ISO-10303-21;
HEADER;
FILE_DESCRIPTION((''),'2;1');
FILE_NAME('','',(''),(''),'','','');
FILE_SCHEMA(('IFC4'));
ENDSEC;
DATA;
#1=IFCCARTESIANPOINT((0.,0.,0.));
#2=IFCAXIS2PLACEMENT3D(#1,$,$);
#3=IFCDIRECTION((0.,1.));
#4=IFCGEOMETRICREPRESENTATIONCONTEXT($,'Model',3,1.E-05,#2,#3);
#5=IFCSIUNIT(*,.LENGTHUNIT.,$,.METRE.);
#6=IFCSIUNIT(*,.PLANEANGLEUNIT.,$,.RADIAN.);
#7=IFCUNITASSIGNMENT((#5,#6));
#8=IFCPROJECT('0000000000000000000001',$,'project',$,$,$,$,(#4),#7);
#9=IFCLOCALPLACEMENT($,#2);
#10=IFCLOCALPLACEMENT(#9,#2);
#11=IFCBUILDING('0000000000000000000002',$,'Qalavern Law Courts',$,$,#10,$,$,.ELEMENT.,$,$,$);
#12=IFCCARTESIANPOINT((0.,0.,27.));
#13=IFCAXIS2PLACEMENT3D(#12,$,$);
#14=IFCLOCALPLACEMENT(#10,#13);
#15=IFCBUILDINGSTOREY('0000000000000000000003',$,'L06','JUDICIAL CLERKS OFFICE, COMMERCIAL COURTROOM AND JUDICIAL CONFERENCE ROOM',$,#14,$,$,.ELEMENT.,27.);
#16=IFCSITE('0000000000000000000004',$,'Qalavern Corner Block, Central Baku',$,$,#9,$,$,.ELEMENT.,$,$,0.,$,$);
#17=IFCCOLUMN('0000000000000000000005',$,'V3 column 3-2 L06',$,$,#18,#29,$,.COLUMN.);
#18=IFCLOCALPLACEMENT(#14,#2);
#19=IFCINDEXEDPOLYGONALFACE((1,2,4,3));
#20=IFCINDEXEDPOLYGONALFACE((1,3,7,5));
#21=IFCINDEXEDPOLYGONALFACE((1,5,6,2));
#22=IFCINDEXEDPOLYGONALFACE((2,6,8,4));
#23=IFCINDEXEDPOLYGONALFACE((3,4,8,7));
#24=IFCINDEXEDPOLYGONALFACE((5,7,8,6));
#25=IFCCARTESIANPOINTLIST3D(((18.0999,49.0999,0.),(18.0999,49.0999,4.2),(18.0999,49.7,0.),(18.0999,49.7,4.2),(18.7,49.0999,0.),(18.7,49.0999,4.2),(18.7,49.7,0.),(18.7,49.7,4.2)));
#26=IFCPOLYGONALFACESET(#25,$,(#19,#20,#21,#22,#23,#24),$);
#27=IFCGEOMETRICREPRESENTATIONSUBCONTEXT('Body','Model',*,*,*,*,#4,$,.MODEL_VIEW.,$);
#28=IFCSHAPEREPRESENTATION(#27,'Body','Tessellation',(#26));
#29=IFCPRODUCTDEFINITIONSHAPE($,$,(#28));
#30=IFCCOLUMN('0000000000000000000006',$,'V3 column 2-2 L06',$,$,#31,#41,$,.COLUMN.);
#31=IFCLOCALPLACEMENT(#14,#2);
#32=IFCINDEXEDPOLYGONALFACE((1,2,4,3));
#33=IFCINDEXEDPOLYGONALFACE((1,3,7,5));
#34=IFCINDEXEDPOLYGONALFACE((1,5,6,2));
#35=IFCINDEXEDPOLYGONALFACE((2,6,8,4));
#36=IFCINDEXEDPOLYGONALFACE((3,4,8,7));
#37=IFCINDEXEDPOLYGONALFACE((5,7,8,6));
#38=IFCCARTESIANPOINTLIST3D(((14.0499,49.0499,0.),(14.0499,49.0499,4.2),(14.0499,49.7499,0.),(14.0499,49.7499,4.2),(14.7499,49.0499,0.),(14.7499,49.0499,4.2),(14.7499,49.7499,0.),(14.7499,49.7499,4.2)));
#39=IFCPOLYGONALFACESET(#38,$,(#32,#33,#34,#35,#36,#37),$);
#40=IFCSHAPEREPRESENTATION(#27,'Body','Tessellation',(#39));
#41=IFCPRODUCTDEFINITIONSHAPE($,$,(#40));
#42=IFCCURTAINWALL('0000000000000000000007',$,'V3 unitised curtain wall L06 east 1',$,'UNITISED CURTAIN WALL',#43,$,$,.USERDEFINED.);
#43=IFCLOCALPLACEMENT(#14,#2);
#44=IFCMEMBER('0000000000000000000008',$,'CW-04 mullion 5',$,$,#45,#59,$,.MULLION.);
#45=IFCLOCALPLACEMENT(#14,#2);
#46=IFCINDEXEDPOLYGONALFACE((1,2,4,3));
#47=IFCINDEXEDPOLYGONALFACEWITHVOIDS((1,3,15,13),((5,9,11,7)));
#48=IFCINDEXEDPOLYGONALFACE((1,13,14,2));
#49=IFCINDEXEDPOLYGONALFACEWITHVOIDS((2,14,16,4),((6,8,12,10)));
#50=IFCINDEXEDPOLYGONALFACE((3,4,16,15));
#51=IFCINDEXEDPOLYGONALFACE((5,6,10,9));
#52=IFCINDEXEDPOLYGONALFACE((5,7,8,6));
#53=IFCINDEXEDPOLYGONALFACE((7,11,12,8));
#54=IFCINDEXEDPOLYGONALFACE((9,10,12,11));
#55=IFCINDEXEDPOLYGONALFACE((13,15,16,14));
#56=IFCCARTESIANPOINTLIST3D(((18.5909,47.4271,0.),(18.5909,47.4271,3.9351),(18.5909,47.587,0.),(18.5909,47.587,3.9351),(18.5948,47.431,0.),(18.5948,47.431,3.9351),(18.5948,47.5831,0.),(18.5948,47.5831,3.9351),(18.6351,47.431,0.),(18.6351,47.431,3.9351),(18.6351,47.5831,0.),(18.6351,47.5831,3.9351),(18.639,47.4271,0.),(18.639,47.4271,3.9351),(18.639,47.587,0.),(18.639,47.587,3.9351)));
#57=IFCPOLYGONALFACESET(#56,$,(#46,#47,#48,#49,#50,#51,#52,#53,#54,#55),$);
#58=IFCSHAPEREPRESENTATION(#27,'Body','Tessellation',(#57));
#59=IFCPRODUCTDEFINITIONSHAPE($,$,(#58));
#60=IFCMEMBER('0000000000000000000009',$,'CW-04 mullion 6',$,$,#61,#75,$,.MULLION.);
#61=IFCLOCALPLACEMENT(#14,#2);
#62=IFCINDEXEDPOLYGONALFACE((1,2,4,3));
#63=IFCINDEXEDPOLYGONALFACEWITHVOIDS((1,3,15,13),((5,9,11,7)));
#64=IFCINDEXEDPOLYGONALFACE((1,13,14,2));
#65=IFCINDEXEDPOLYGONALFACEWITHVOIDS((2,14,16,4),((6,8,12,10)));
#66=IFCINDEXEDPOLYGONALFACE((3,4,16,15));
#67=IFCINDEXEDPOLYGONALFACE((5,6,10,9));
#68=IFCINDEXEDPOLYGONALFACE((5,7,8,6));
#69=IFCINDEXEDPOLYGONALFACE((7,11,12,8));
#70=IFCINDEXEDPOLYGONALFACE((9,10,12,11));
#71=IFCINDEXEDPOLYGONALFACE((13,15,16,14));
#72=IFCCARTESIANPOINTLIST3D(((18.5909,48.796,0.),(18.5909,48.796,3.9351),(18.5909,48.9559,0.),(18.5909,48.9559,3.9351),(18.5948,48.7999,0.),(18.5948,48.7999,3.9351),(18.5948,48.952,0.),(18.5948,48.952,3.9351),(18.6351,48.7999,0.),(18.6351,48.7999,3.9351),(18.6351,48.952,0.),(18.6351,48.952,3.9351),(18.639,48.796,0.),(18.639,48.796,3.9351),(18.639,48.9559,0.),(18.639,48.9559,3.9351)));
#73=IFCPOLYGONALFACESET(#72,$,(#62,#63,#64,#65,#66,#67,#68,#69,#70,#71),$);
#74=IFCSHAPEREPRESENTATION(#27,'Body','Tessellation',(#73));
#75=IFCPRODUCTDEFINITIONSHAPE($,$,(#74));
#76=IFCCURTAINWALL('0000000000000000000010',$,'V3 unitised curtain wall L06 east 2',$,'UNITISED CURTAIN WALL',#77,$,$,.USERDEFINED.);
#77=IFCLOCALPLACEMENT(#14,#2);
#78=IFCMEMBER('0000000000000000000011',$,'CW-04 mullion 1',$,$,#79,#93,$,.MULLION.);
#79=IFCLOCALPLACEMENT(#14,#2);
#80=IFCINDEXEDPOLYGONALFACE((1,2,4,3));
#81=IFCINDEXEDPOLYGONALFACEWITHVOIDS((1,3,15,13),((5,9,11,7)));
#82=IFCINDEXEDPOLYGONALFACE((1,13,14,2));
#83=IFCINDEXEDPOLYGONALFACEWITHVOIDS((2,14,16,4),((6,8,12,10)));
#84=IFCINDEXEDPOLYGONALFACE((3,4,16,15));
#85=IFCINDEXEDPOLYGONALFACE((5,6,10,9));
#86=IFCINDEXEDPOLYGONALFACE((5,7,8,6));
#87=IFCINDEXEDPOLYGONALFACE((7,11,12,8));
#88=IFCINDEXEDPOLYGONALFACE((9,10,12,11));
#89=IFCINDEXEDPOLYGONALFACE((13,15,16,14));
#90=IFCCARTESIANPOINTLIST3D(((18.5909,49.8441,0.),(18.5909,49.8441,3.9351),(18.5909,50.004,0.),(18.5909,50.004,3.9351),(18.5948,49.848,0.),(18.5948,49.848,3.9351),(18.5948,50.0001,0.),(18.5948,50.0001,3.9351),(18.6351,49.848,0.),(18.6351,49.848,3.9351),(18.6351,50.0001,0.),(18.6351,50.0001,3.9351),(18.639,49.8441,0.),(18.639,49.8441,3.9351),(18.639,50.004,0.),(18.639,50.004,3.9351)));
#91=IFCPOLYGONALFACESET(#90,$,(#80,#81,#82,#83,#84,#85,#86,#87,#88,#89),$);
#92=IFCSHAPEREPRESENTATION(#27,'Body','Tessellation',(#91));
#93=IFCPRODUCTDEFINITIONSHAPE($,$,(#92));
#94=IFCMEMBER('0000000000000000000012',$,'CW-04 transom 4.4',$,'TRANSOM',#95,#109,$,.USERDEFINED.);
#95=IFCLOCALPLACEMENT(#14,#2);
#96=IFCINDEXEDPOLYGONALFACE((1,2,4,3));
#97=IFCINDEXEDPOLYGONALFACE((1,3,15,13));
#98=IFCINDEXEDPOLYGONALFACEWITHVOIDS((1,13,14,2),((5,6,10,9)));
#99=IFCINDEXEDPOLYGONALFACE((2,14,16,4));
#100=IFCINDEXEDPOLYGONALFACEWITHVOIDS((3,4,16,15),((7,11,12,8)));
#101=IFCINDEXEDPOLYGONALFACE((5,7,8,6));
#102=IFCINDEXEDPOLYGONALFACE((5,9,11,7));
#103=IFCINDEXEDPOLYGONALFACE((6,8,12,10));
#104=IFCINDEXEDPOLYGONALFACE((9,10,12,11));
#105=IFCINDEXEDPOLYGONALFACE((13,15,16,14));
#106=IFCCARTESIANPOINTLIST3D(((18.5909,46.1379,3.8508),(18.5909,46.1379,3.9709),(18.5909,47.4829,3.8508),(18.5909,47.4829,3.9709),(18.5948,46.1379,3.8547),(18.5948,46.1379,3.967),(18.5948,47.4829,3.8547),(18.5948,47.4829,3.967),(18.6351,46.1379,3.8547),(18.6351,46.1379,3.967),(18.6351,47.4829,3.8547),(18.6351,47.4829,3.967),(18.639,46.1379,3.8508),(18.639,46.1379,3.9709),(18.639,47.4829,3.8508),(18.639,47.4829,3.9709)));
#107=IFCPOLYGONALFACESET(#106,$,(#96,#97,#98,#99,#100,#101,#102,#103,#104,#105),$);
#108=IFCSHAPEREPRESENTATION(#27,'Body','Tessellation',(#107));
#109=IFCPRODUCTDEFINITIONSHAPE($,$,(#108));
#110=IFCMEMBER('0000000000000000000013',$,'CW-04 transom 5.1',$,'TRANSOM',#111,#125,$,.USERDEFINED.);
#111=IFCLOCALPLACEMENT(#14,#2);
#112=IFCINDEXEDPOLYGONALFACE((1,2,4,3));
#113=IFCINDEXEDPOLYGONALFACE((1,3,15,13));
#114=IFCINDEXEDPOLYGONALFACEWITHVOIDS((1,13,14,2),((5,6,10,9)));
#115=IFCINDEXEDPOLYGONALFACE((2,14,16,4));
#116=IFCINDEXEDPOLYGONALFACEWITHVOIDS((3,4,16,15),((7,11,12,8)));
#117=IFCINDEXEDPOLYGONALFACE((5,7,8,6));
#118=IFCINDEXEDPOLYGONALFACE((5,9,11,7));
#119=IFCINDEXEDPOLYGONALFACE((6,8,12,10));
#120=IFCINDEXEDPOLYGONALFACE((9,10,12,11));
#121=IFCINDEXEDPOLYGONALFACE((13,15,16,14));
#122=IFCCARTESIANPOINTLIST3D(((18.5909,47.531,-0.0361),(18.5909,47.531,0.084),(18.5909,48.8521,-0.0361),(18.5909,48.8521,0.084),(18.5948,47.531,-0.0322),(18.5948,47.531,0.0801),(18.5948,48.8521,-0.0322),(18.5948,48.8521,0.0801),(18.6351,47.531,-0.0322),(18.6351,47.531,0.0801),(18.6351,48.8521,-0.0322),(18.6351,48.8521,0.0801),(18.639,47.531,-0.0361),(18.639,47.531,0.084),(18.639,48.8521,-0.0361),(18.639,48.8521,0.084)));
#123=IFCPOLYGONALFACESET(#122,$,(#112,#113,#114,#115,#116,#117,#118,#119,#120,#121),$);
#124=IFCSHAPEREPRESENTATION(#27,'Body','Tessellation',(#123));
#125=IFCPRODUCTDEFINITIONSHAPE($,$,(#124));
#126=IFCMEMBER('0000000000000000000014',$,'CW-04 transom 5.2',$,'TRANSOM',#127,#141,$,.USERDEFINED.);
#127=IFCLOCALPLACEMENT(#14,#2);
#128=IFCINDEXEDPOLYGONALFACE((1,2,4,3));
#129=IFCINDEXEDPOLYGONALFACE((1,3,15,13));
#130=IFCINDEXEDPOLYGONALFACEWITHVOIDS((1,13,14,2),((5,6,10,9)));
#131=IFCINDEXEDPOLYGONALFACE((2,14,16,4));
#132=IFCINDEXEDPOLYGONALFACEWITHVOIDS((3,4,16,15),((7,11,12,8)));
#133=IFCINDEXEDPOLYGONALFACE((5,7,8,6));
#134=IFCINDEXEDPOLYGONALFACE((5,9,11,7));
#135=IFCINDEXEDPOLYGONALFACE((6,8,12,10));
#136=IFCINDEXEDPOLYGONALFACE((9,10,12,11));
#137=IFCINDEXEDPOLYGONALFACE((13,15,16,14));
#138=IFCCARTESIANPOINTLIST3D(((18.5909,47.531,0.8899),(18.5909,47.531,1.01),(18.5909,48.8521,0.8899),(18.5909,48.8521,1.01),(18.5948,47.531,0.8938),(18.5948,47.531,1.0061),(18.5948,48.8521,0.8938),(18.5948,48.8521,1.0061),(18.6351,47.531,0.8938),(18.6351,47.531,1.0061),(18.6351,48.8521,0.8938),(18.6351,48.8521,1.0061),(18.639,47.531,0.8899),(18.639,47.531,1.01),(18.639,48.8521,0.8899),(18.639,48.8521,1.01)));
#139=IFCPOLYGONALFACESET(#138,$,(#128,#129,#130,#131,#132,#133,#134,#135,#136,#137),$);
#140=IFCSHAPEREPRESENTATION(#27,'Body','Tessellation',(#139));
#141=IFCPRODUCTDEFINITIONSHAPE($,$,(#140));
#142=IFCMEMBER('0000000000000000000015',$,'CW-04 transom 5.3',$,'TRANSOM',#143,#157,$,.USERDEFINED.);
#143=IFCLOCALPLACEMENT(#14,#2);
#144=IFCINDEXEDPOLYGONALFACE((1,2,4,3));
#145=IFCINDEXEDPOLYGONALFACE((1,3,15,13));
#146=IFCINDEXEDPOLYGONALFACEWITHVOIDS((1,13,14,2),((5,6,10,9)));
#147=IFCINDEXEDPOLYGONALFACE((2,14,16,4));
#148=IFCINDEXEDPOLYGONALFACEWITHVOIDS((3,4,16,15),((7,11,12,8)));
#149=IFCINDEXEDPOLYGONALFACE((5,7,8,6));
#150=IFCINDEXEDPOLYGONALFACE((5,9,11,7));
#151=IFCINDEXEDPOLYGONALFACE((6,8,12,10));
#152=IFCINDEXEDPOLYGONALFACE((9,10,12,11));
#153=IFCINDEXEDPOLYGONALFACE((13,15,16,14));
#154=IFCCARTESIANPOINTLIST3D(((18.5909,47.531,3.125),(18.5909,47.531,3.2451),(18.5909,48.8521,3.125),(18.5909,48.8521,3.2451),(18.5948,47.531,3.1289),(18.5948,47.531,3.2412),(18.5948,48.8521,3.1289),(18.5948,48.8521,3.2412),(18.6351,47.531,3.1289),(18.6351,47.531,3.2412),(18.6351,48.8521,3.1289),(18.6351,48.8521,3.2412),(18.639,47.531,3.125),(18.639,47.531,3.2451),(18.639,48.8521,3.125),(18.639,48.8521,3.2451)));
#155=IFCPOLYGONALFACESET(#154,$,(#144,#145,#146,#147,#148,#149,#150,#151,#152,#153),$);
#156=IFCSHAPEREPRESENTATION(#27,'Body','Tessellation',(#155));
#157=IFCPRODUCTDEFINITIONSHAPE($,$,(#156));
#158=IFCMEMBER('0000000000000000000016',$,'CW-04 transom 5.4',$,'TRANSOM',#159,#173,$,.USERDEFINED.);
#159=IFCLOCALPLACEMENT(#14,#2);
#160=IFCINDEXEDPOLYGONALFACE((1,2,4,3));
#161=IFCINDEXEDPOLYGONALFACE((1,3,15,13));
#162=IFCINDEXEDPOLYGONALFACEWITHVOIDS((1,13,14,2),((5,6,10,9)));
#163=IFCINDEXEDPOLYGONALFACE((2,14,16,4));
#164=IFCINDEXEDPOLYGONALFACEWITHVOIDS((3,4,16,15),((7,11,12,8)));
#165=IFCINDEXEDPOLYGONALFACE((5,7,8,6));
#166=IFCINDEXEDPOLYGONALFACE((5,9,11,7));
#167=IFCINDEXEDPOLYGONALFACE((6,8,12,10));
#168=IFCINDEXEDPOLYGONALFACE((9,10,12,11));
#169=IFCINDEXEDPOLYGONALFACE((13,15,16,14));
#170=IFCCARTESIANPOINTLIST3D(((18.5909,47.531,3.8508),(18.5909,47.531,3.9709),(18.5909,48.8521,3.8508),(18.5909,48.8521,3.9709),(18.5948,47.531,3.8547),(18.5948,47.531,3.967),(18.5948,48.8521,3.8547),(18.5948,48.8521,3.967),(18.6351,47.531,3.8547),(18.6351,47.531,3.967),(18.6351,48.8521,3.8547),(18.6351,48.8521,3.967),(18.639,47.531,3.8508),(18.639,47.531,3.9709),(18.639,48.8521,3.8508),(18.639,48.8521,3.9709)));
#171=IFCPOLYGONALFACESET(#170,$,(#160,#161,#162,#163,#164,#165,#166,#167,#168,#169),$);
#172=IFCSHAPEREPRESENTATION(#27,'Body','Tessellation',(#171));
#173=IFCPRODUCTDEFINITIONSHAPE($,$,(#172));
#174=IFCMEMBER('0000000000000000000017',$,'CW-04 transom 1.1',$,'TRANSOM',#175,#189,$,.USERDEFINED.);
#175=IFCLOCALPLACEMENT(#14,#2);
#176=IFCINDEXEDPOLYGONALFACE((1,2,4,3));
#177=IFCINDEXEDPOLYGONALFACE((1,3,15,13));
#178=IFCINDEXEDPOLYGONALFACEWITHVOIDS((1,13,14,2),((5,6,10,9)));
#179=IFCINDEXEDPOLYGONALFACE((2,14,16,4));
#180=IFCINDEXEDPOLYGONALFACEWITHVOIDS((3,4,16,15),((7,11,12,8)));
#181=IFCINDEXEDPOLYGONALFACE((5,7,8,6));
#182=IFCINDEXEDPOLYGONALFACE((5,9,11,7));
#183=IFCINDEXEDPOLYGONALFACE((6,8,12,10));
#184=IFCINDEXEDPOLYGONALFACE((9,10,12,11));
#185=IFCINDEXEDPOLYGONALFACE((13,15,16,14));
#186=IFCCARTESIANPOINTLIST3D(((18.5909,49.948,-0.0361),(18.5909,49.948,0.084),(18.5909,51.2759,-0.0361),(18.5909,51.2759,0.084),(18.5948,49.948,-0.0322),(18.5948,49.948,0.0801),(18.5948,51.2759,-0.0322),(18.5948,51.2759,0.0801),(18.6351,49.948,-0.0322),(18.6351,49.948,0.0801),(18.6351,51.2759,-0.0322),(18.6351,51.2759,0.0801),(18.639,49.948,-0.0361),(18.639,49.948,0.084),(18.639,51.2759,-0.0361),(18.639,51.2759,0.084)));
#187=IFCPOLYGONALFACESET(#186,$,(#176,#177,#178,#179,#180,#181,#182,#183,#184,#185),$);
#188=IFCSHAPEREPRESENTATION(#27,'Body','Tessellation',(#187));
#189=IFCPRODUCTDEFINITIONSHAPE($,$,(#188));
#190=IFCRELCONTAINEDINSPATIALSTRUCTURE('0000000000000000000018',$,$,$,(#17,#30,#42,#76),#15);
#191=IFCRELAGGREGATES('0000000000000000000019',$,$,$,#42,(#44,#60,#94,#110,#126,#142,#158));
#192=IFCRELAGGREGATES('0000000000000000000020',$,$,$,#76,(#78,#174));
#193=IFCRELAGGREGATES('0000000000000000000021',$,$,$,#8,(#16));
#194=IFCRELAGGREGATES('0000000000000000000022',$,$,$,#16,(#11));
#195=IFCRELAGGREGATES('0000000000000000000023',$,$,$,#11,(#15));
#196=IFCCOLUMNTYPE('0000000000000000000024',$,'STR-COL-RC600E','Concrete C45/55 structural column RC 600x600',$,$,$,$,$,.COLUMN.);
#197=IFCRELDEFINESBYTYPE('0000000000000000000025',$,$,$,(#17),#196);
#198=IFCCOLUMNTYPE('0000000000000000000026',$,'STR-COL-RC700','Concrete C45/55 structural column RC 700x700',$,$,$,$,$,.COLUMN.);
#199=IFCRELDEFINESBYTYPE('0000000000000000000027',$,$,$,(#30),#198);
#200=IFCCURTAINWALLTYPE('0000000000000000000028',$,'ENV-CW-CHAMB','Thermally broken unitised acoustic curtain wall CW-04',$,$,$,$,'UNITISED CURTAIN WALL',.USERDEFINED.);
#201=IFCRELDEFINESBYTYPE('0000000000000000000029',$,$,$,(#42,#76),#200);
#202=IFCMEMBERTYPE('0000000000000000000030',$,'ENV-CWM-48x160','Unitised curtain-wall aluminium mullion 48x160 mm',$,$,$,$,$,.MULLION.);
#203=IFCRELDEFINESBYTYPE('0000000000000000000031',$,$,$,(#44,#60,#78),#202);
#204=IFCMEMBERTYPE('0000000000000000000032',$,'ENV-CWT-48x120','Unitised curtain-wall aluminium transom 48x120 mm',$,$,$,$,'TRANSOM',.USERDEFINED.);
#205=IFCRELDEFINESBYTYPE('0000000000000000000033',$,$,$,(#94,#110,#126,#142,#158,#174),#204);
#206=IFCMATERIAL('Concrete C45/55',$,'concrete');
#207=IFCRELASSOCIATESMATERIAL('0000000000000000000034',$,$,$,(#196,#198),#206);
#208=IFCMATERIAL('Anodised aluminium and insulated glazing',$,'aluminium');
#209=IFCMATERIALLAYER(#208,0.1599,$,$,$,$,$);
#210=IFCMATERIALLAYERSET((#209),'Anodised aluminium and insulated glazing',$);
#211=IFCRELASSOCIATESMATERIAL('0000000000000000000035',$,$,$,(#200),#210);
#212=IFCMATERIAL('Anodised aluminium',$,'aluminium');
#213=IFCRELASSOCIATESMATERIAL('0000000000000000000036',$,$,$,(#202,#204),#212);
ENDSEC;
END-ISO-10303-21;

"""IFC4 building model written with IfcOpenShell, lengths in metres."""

from ifc_helpers import new_model, si_unit, direction, frame, origin, origin_2d, place, context, subcontext, project, spatial, rectangle, hollow_rectangle, extrude, material, layer, layer_set, material_profile, profile_set, type_object, element, aggregate, save


model = new_model("IFC4")

# Units and contexts
model_context = context("Model", 3, precision=1e-05, world=origin(), true_north=direction((0.0, 1.0)))
body_context = subcontext(model_context, "Body", "Model", "MODEL_VIEW")
ifc_project = project(units=[si_unit("LENGTHUNIT", "METRE"), si_unit("PLANEANGLEUNIT", "RADIAN")], contexts=[model_context])

# Site, building, storey
site_placement = place(None, origin())
site = spatial("IfcSite", under=ifc_project, at=site_placement, Name="Qalavern Corner Block, Central Baku", CompositionType="ELEMENT", RefElevation=0.0)
building_placement = place(site_placement, origin())
building = spatial("IfcBuilding", under=site, at=building_placement, Name="Qalavern Law Courts", CompositionType="ELEMENT")
storey_placement = place(building_placement, frame((0.0, 0.0, 27.0)))
storey = spatial("IfcBuildingStorey", under=building, at=storey_placement, Name="L06", Description="JUDICIAL CLERKS OFFICE, COMMERCIAL COURTROOM AND JUDICIAL CONFERENCE ROOM", CompositionType="ELEMENT", Elevation=27.0)

# Columns
ifc_material_1 = material(Name="Concrete C45/55", Category="concrete")
ifc_material_profile_1 = material_profile(ifc_material_1, rectangle(XDim=0.6001, YDim=0.6001, at=origin_2d()), Name="RC 600x600")
ifc_profile_set_1 = profile_set([ifc_material_profile_1], Name="Concrete C45/55")
column_type_1 = type_object("IfcColumnType", Name="STR-COL-RC600E", Description="Concrete C45/55 structural column RC 600x600", PredefinedType="COLUMN", material=ifc_profile_set_1)
column_1_placement = place(storey_placement, frame((18.3999, 49.3999, 0.0), z_axis=(0.0, 0.0, 1.0), x_axis=(1.0, 0.0, 0.0)))
element("IfcColumn", 1, at=column_1_placement, inside=storey, type_object=column_type_1, Name="V3 column 3-2 L06", PredefinedType="COLUMN", context=body_context, shape_type="SweptSolid", body=[
    extrude(rectangle(XDim=0.6001, YDim=0.6001, at=origin_2d()), origin(), (0.0, 0.0, 1.0), 4.2),
])
ifc_material_profile_2 = material_profile(ifc_material_1, rectangle(XDim=0.7, YDim=0.7, at=origin_2d()), Name="RC 700x700")
ifc_profile_set_2 = profile_set([ifc_material_profile_2], Name="Concrete C45/55")
column_type_2 = type_object("IfcColumnType", Name="STR-COL-RC700", Description="Concrete C45/55 structural column RC 700x700", PredefinedType="COLUMN", material=ifc_profile_set_2)
column_2_placement = place(storey_placement, frame((14.3999, 49.3999, 0.0), z_axis=(0.0, 0.0, 1.0), x_axis=(1.0, 0.0, 0.0)))
element("IfcColumn", 2, at=column_2_placement, inside=storey, type_object=column_type_2, Name="V3 column 2-2 L06", PredefinedType="COLUMN", context=body_context, shape_type="SweptSolid", body=[
    extrude(rectangle(XDim=0.7, YDim=0.7, at=origin_2d()), origin(), (0.0, 0.0, 1.0), 4.2),
])

# Curtain wall, members
ifc_material_2 = material(Name="Anodised aluminium and insulated glazing", Category="aluminium")
ifc_layer_1 = layer(ifc_material_2, 0.1599)
ifc_layer_set_1 = layer_set([ifc_layer_1], Name="Anodised aluminium and insulated glazing")
curtain_wall_type = type_object("IfcCurtainWallType", Name="ENV-CW-CHAMB", Description="Thermally broken unitised acoustic curtain wall CW-04", ElementType="UNITISED CURTAIN WALL", PredefinedType="USERDEFINED", material=ifc_layer_set_1)
curtain_wall_1_placement = place(storey_placement, origin())
curtain_wall_1 = element("IfcCurtainWall", 3, at=curtain_wall_1_placement, inside=storey, type_object=curtain_wall_type, Name="V3 unitised curtain wall L06 east 1", ObjectType="UNITISED CURTAIN WALL", PredefinedType="USERDEFINED")
ifc_material_3 = material(Name="Anodised aluminium", Category="aluminium")
ifc_material_profile_3 = material_profile(ifc_material_3, hollow_rectangle(XDim=0.0481, YDim=0.1599, WallThickness=0.0039, at=origin_2d()), Name="ALU MULLION 48x160")
ifc_profile_set_3 = profile_set([ifc_material_profile_3], Name="Anodised aluminium")
member_type_1 = type_object("IfcMemberType", Name="ENV-CWM-48x160", Description="Unitised curtain-wall aluminium mullion 48x160 mm", PredefinedType="MULLION", material=ifc_profile_set_3)
member_1_placement = place(storey_placement, frame((18.615, 47.5071, 0.0), z_axis=(0.0, 0.0, 1.0), x_axis=(-1.0, 0.0, 0.0)))
member_1 = element("IfcMember", 4, at=member_1_placement, type_object=member_type_1, Name="CW-04 mullion 5", PredefinedType="MULLION", context=body_context, shape_type="SweptSolid", body=[
    extrude(hollow_rectangle(XDim=0.0481, YDim=0.1599, WallThickness=0.0039, at=origin_2d()), origin(), (0.0, 0.0, 1.0), 3.9351),
])
member_2_placement = place(storey_placement, frame((18.615, 48.876, 0.0), z_axis=(0.0, 0.0, 1.0), x_axis=(-1.0, 0.0, 0.0)))
member_2 = element("IfcMember", 5, at=member_2_placement, type_object=member_type_1, Name="CW-04 mullion 6", PredefinedType="MULLION", context=body_context, shape_type="SweptSolid", body=[
    extrude(hollow_rectangle(XDim=0.0481, YDim=0.1599, WallThickness=0.0039, at=origin_2d()), origin(), (0.0, 0.0, 1.0), 3.9351),
])

# Curtain wall, member
curtain_wall_2_placement = place(storey_placement, origin())
curtain_wall_2 = element("IfcCurtainWall", 6, at=curtain_wall_2_placement, inside=storey, type_object=curtain_wall_type, Name="V3 unitised curtain wall L06 east 2", ObjectType="UNITISED CURTAIN WALL", PredefinedType="USERDEFINED")
member_3_placement = place(storey_placement, frame((18.615, 49.9241, 0.0), z_axis=(0.0, 0.0, 1.0), x_axis=(-1.0, 0.0, 0.0)))
member_3 = element("IfcMember", 7, at=member_3_placement, type_object=member_type_1, Name="CW-04 mullion 1", PredefinedType="MULLION", context=body_context, shape_type="SweptSolid", body=[
    extrude(hollow_rectangle(XDim=0.0481, YDim=0.1599, WallThickness=0.0039, at=origin_2d()), origin(), (0.0, 0.0, 1.0), 3.9351),
])

# Members
ifc_material_profile_4 = material_profile(ifc_material_3, hollow_rectangle(XDim=0.0481, YDim=0.1201, WallThickness=0.0039, at=origin_2d()), Name="ALU TRANSOM 48x120")
ifc_profile_set_4 = profile_set([ifc_material_profile_4], Name="Anodised aluminium")
member_type_2 = type_object("IfcMemberType", Name="ENV-CWT-48x120", Description="Unitised curtain-wall aluminium transom 48x120 mm", ElementType="TRANSOM", PredefinedType="USERDEFINED", material=ifc_profile_set_4)
member_4_placement = place(storey_placement, frame((18.615, 46.1379, 3.9109), z_axis=(0.0, 1.0, 0.0), x_axis=(-1.0, 0.0, 0.0)))
member_4 = element("IfcMember", 8, at=member_4_placement, type_object=member_type_2, Name="CW-04 transom 4.4", ObjectType="TRANSOM", PredefinedType="USERDEFINED", context=body_context, shape_type="SweptSolid", body=[
    extrude(hollow_rectangle(XDim=0.0481, YDim=0.1201, WallThickness=0.0039, at=origin_2d()), origin(), (0.0, 0.0, 1.0), 1.345),
])
member_5_placement = place(storey_placement, frame((18.615, 47.531, 0.0239), z_axis=(0.0, 1.0, 0.0), x_axis=(-1.0, 0.0, 0.0)))
member_5 = element("IfcMember", 9, at=member_5_placement, type_object=member_type_2, Name="CW-04 transom 5.1", ObjectType="TRANSOM", PredefinedType="USERDEFINED", context=body_context, shape_type="SweptSolid", body=[
    extrude(hollow_rectangle(XDim=0.0481, YDim=0.1201, WallThickness=0.0039, at=origin_2d()), origin(), (0.0, 0.0, 1.0), 1.321),
])
member_6_placement = place(storey_placement, frame((18.615, 47.531, 0.95), z_axis=(0.0, 1.0, 0.0), x_axis=(-1.0, 0.0, 0.0)))
member_6 = element("IfcMember", 10, at=member_6_placement, type_object=member_type_2, Name="CW-04 transom 5.2", ObjectType="TRANSOM", PredefinedType="USERDEFINED", context=body_context, shape_type="SweptSolid", body=[
    extrude(hollow_rectangle(XDim=0.0481, YDim=0.1201, WallThickness=0.0039, at=origin_2d()), origin(), (0.0, 0.0, 1.0), 1.321),
])
member_7_placement = place(storey_placement, frame((18.615, 47.531, 3.1851), z_axis=(0.0, 1.0, 0.0), x_axis=(-1.0, 0.0, 0.0)))
member_7 = element("IfcMember", 11, at=member_7_placement, type_object=member_type_2, Name="CW-04 transom 5.3", ObjectType="TRANSOM", PredefinedType="USERDEFINED", context=body_context, shape_type="SweptSolid", body=[
    extrude(hollow_rectangle(XDim=0.0481, YDim=0.1201, WallThickness=0.0039, at=origin_2d()), origin(), (0.0, 0.0, 1.0), 1.321),
])
member_8_placement = place(storey_placement, frame((18.615, 47.531, 3.9109), z_axis=(0.0, 1.0, 0.0), x_axis=(-1.0, 0.0, 0.0)))
member_8 = element("IfcMember", 12, at=member_8_placement, type_object=member_type_2, Name="CW-04 transom 5.4", ObjectType="TRANSOM", PredefinedType="USERDEFINED", context=body_context, shape_type="SweptSolid", body=[
    extrude(hollow_rectangle(XDim=0.0481, YDim=0.1201, WallThickness=0.0039, at=origin_2d()), origin(), (0.0, 0.0, 1.0), 1.321),
])
member_9_placement = place(storey_placement, frame((18.615, 49.948, 0.0239), z_axis=(0.0, 1.0, 0.0), x_axis=(-1.0, 0.0, 0.0)))
member_9 = element("IfcMember", 13, at=member_9_placement, type_object=member_type_2, Name="CW-04 transom 1.1", ObjectType="TRANSOM", PredefinedType="USERDEFINED", context=body_context, shape_type="SweptSolid", body=[
    extrude(hollow_rectangle(XDim=0.0481, YDim=0.1201, WallThickness=0.0039, at=origin_2d()), origin(), (0.0, 0.0, 1.0), 1.3279),
])

aggregate(curtain_wall_1, [member_1, member_2, member_4, member_5, member_6, member_7, member_8])
aggregate(curtain_wall_2, [member_3, member_9])

save(model, "model.ifc")
